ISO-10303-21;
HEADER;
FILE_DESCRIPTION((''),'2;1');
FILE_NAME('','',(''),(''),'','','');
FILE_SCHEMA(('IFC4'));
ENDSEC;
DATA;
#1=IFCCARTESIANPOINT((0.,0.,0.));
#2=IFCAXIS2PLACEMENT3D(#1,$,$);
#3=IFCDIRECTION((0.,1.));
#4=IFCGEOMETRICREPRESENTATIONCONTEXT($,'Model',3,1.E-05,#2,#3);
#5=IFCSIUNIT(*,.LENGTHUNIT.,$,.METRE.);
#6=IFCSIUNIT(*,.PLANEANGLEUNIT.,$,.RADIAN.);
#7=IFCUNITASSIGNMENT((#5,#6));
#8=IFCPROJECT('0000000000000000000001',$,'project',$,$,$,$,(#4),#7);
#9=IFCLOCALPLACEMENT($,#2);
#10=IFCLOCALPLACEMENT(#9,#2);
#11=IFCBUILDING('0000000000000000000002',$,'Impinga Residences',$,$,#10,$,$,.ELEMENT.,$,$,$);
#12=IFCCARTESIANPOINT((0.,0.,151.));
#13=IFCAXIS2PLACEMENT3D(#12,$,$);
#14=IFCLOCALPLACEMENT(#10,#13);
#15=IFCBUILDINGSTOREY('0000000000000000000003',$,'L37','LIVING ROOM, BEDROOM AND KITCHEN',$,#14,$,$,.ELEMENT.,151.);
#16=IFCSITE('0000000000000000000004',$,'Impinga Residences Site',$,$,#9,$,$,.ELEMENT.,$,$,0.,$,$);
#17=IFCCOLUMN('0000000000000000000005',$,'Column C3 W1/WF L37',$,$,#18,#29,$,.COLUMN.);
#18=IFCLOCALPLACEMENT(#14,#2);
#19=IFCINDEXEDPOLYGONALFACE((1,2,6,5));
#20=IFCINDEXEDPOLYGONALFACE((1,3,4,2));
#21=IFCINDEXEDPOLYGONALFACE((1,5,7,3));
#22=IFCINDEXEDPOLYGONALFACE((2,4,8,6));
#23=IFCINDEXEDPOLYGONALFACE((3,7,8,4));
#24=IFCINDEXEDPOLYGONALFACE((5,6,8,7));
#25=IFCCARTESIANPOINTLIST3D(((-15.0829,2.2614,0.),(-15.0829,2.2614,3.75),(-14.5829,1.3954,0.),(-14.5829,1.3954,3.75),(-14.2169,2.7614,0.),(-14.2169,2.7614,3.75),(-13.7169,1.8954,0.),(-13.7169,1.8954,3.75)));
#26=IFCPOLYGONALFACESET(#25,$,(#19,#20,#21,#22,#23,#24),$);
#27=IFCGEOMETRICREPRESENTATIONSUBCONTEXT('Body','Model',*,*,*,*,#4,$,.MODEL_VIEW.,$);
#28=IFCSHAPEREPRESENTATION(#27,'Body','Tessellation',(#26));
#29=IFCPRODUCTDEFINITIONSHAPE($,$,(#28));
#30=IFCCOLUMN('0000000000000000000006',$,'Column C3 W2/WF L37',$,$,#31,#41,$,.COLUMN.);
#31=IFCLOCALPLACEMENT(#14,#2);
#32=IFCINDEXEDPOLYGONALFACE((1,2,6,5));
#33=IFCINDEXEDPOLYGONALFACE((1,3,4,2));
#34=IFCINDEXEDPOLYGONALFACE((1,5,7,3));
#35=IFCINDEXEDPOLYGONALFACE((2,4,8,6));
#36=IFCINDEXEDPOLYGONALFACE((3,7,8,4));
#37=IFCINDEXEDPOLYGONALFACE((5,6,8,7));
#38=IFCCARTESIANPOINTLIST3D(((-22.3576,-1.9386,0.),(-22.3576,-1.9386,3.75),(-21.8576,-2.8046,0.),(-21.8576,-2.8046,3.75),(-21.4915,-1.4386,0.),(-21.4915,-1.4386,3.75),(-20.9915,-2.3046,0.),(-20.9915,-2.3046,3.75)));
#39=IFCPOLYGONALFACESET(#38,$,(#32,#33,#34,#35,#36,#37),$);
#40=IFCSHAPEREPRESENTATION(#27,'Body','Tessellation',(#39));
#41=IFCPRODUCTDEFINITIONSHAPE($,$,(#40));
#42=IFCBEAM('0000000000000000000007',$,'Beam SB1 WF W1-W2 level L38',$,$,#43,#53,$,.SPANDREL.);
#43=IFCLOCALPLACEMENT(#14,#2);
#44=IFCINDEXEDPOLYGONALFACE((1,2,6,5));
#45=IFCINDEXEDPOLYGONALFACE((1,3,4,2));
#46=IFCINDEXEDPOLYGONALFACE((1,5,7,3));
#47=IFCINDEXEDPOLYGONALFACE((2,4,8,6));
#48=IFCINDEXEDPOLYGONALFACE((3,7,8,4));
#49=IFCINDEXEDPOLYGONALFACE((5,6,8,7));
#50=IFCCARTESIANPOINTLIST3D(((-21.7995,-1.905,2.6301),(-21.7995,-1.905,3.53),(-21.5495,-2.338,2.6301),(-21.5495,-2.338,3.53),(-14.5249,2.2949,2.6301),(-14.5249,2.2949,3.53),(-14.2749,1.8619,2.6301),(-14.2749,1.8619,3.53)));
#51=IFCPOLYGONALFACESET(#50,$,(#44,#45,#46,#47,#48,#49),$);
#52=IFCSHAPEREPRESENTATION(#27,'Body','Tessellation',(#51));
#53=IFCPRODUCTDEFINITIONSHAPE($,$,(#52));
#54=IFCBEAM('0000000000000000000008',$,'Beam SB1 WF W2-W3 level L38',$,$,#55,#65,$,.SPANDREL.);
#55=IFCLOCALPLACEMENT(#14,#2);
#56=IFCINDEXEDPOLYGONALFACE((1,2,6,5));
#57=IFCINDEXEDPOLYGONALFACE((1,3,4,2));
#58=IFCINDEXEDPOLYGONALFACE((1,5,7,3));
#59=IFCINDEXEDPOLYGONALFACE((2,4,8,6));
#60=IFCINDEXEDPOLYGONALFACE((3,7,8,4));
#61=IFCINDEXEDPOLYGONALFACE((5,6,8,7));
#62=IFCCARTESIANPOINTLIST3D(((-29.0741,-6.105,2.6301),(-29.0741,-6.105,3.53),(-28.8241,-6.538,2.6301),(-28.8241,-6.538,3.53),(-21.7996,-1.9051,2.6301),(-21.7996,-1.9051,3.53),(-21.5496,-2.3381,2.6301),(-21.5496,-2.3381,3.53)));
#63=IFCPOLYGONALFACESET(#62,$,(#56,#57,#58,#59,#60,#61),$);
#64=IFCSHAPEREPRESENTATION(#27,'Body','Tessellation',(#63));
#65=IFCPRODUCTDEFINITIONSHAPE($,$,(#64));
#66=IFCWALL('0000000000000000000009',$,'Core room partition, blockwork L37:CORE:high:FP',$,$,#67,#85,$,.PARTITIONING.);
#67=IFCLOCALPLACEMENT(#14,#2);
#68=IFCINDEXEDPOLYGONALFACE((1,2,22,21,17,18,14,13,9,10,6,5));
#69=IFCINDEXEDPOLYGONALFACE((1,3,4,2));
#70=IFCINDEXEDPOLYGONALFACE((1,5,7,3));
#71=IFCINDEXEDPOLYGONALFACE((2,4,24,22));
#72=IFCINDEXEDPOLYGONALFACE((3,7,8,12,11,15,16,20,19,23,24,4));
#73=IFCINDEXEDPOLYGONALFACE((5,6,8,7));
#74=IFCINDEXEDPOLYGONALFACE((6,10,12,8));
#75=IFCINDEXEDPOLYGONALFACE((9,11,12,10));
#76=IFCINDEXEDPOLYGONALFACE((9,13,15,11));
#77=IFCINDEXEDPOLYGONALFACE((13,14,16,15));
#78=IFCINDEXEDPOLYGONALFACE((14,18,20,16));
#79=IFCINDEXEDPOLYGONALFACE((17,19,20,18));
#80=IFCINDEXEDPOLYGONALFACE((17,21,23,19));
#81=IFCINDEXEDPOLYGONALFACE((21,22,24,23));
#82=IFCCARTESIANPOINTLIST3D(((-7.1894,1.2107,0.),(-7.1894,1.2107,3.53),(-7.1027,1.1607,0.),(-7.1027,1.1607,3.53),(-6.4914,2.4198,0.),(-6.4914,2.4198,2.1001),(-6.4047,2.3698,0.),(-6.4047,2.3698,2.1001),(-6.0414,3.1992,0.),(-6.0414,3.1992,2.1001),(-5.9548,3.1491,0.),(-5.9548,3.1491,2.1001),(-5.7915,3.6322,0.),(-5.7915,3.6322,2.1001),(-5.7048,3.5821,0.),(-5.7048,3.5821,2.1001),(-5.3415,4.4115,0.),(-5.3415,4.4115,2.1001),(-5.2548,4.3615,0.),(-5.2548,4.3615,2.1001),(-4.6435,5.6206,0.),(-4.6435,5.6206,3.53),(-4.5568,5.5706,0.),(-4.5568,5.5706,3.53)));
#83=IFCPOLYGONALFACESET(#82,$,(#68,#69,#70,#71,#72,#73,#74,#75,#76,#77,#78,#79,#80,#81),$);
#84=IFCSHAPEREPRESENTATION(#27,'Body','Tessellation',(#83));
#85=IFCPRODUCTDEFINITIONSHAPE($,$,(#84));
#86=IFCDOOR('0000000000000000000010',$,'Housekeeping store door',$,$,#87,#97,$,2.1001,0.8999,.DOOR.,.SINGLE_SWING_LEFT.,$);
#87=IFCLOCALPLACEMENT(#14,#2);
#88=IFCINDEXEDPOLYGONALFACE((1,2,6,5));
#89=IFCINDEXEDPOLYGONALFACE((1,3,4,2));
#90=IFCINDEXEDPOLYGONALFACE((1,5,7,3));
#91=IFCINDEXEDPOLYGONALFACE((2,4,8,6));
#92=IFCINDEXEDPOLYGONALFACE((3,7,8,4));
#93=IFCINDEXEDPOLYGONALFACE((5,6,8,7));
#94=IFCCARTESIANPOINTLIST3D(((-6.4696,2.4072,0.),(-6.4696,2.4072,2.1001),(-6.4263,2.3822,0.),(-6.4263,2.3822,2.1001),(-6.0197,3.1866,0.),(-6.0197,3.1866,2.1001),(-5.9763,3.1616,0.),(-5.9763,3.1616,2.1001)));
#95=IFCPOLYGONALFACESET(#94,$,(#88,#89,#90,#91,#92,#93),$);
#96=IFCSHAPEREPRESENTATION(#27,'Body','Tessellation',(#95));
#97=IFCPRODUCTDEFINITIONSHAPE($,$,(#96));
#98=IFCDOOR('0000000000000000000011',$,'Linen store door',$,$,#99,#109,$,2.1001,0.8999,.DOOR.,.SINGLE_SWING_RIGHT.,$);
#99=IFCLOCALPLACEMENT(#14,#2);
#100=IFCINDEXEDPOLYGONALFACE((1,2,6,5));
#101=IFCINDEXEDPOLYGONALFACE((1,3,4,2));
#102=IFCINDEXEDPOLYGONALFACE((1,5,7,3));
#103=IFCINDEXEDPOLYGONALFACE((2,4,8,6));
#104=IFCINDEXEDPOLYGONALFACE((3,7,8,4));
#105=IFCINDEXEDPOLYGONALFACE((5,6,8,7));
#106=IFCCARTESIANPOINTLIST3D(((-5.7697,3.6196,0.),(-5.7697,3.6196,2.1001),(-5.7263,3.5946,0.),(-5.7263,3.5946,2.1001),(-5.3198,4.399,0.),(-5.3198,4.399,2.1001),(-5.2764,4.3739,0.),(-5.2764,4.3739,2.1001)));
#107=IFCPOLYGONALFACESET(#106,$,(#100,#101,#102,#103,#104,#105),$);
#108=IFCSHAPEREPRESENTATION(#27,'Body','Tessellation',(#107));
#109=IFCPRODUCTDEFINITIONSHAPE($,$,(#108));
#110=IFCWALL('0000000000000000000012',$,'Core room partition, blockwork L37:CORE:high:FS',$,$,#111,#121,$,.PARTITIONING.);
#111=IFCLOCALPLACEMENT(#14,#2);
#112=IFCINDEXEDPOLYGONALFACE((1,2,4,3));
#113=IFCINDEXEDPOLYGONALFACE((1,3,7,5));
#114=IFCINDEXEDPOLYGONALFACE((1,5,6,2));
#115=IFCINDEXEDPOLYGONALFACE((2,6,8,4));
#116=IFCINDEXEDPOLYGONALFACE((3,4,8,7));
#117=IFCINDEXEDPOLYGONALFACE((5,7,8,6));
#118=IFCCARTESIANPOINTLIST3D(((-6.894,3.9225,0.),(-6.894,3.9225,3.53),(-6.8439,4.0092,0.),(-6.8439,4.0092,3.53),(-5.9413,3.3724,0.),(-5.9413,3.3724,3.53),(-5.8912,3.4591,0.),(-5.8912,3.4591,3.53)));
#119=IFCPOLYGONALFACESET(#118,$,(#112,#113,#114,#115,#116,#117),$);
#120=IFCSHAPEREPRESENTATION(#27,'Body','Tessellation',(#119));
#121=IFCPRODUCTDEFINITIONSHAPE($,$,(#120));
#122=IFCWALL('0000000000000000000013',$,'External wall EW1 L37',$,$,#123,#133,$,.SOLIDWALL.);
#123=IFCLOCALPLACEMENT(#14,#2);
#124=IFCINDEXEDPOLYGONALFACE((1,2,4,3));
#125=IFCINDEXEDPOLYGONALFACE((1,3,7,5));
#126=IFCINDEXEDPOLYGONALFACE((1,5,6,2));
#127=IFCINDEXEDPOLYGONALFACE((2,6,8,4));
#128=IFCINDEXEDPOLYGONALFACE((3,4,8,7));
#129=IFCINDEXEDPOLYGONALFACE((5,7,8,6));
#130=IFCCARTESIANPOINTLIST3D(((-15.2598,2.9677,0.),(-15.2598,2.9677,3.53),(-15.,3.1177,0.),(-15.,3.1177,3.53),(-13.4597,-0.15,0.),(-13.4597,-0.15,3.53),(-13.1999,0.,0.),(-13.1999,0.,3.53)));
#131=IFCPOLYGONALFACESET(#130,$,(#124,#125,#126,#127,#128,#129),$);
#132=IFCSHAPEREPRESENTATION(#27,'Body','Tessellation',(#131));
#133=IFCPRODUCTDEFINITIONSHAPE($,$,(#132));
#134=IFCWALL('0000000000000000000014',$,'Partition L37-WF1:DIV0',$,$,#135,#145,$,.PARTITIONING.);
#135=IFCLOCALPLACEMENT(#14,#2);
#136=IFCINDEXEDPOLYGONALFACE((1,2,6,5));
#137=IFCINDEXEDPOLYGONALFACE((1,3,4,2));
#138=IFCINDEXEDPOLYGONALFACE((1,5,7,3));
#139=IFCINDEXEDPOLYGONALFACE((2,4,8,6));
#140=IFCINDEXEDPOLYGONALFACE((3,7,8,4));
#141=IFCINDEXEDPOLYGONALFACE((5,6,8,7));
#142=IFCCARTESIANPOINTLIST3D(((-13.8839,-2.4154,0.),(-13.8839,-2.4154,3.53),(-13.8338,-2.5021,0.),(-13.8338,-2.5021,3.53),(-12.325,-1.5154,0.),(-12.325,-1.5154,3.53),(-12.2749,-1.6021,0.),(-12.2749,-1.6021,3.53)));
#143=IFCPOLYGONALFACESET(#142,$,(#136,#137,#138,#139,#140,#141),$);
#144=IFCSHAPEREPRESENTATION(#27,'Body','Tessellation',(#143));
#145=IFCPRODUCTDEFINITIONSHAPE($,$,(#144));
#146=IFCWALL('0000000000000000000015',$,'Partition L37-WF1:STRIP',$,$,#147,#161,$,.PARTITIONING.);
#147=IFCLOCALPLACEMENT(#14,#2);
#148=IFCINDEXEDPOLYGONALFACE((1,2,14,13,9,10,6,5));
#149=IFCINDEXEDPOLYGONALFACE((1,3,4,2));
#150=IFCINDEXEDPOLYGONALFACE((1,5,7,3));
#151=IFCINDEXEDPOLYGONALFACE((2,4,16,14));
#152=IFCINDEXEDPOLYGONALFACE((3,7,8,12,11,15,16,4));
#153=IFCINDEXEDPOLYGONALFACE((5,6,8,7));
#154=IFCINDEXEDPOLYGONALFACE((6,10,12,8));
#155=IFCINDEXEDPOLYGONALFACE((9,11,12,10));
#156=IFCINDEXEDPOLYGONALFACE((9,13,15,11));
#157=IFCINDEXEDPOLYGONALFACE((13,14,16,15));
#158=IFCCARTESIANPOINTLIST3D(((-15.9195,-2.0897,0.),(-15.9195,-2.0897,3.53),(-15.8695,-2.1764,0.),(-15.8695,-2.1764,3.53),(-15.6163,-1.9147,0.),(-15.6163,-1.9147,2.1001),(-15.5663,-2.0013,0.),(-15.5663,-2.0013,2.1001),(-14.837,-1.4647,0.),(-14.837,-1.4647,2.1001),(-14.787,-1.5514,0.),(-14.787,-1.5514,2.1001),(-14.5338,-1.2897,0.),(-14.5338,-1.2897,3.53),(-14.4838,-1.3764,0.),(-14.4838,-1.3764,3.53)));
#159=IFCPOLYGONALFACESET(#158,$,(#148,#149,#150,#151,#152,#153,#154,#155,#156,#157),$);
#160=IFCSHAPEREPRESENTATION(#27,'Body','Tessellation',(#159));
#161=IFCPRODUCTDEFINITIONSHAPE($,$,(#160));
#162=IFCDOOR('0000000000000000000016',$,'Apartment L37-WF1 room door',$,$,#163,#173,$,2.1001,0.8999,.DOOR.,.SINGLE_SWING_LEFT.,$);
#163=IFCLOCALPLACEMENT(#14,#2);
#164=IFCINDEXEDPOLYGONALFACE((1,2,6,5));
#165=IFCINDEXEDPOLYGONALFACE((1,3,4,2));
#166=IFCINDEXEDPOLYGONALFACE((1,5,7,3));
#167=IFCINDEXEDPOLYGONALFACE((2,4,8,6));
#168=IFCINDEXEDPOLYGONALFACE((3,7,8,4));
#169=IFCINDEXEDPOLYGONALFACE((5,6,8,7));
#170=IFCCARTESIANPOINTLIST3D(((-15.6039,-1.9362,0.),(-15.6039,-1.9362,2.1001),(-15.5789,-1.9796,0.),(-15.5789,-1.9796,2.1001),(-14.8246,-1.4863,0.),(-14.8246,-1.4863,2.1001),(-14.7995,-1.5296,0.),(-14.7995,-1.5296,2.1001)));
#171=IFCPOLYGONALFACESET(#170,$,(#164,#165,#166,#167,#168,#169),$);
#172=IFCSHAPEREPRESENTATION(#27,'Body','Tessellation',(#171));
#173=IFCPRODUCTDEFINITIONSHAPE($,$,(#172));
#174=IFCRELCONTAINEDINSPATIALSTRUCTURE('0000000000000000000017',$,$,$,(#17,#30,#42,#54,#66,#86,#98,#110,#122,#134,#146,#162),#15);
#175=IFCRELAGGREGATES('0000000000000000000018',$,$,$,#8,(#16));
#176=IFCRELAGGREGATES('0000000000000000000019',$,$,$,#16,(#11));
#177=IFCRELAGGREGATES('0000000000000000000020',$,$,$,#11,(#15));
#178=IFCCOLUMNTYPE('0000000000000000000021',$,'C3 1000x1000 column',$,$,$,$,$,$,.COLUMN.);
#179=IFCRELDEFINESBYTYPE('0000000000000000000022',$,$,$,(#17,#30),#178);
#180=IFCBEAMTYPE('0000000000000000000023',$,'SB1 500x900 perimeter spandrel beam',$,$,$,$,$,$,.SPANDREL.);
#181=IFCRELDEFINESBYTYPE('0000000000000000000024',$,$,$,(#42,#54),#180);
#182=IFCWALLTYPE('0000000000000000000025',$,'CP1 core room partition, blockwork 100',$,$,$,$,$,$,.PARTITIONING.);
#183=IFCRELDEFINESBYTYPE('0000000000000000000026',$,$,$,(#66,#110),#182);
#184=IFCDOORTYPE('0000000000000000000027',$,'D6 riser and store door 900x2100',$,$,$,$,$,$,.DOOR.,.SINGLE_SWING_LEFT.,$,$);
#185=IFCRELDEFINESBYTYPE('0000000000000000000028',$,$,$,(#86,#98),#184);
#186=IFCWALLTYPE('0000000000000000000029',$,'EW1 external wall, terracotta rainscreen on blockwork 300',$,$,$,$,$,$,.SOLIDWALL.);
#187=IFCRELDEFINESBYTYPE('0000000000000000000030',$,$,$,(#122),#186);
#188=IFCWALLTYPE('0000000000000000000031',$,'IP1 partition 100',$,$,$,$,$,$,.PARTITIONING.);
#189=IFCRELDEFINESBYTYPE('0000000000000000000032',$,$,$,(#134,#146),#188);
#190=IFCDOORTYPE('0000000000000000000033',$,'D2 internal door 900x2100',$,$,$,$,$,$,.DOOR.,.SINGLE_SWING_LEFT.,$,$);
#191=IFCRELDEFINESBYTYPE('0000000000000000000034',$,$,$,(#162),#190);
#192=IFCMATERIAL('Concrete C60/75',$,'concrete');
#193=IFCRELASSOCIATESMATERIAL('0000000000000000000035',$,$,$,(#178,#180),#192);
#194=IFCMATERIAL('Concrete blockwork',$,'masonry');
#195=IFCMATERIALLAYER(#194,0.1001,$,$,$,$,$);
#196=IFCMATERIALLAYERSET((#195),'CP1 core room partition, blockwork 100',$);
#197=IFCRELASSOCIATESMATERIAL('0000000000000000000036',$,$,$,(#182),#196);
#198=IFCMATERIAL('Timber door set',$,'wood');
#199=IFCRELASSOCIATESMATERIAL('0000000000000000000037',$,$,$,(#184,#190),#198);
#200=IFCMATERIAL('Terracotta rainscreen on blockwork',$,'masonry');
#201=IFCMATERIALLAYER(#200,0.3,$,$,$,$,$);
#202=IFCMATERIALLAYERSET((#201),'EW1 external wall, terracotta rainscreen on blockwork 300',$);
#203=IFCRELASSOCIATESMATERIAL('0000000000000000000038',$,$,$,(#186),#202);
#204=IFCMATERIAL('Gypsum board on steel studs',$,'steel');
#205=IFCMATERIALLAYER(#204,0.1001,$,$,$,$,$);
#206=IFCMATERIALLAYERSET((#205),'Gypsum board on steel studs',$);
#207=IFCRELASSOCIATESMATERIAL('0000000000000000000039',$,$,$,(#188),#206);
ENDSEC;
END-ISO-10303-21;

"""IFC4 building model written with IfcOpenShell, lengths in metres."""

from ifc_helpers import new_model, si_unit, direction, frame, frame_2d, origin, origin_2d, place, context, subcontext, project, spatial, rectangle, extrude, material, layer, layer_set, material_profile, profile_set, type_object, element, fill, save


model = new_model("IFC4")

# Units and contexts
model_context = context("Model", 3, precision=1e-05, world=origin(), true_north=direction((0.0, 1.0)))
body_context = subcontext(model_context, "Body", "Model", "MODEL_VIEW")
ifc_project = project(units=[si_unit("LENGTHUNIT", "METRE"), si_unit("PLANEANGLEUNIT", "RADIAN")], contexts=[model_context])

# Site, building, storey
site_placement = place(None, origin())
site = spatial("IfcSite", under=ifc_project, at=site_placement, Name="Impinga Residences Site", CompositionType="ELEMENT", RefElevation=0.0)
building_placement = place(site_placement, origin())
building = spatial("IfcBuilding", under=site, at=building_placement, Name="Impinga Residences", CompositionType="ELEMENT")
storey_placement = place(building_placement, frame((0.0, 0.0, 151.0)))
storey = spatial("IfcBuildingStorey", under=building, at=storey_placement, Name="L37", Description="LIVING ROOM, BEDROOM AND KITCHEN", CompositionType="ELEMENT", Elevation=151.0)

# Columns
ifc_material_1 = material(Name="Concrete C60/75", Category="concrete")
ifc_material_profile_1 = material_profile(ifc_material_1, rectangle(XDim=1.0, YDim=1.0, at=origin_2d()), Name="RC 1000x1000")
ifc_profile_set_1 = profile_set([ifc_material_profile_1], Name="Concrete C60/75")
column_type = type_object("IfcColumnType", Name="C3 1000x1000 column", PredefinedType="COLUMN", material=ifc_profile_set_1)
for number, where, z_axis, x_axis, name in (
    (1, (-14.3999, 2.0784, 0.0), (0.0, 0.0, 1.0), (-0.5, 0.866025, 0.0), "Column C3 W1/WF L37"),
    (2, (-21.6746, -2.1216, 0.0), (0.0, 0.0, 1.0), (-0.5, 0.866025, 0.0), "Column C3 W2/WF L37"),
):
    element("IfcColumn", number, at=place(storey_placement, frame(where, z_axis=z_axis, x_axis=x_axis)), inside=storey, type_object=column_type, Name=name, PredefinedType="COLUMN", context=body_context, shape_type="SweptSolid", body=[
        extrude(rectangle(XDim=1.0, YDim=1.0, at=origin_2d()), origin(), (0.0, 0.0, 1.0), 3.75),
    ])

# Beams
ifc_material_profile_2 = material_profile(ifc_material_1, rectangle(XDim=0.5, YDim=0.8999, at=origin_2d()), Name="RC 500x900")
ifc_profile_set_2 = profile_set([ifc_material_profile_2], Name="Concrete C60/75")
beam_type = type_object("IfcBeamType", Name="SB1 500x900 perimeter spandrel beam", PredefinedType="SPANDREL", material=ifc_profile_set_2)
for number, where, z_axis, x_axis, name in (
    (3, (-14.3999, 2.0784, 3.0801), (-0.866029, -0.499993, 0.0), (0.499993, -0.866029, 0.0), "Beam SB1 WF W1-W2 level L38"),
    (4, (-21.6746, -2.1216, 3.0801), (-0.866029, -0.499993, 0.0), (0.499993, -0.866029, 0.0), "Beam SB1 WF W2-W3 level L38"),
):
    element("IfcBeam", number, at=place(storey_placement, frame(where, z_axis=z_axis, x_axis=x_axis)), inside=storey, type_object=beam_type, Name=name, PredefinedType="SPANDREL", context=body_context, shape_type="SweptSolid", body=[
        extrude(rectangle(XDim=0.5, YDim=0.8999, at=origin_2d()), origin(), (0.0, 0.0, 1.0), 8.3999),
    ])

# Wall, openings, doors
ifc_material_2 = material(Name="Concrete blockwork", Category="masonry")
ifc_layer_1 = layer(ifc_material_2, 0.1001)
ifc_layer_set_1 = layer_set([ifc_layer_1], Name="CP1 core room partition, blockwork 100")
wall_type_1 = type_object("IfcWallType", Name="CP1 core room partition, blockwork 100", PredefinedType="PARTITIONING", material=ifc_layer_set_1)
wall_1_placement = place(storey_placement, frame((-7.146, 1.1858, 0.0), z_axis=(0.0, 0.0, 1.0), x_axis=(0.499976, 0.866039, 0.0)))
wall_1 = element("IfcWall", 5, at=wall_1_placement, inside=storey, type_object=wall_type_1, Name="Core room partition, blockwork L37:CORE:high:FP", PredefinedType="PARTITIONING", context=body_context, shape_type="SweptSolid", body=[
    extrude(rectangle(XDim=5.092, YDim=0.1001, at=frame_2d((2.5459, 0.0))), origin(), (0.0, 0.0, 1.0), 3.53),
])
opening_1_placement = place(wall_1_placement, frame((1.396, 0.0, 0.0)))
opening_1 = element("IfcOpeningElement", 6, at=opening_1_placement, cuts=wall_1, PredefinedType="OPENING", context=body_context, shape_type="SweptSolid", body=[
    extrude(rectangle(XDim=0.8999, YDim=2.1001, at=frame_2d((0.45, 1.05))), frame((0.0, 0.0601, 0.0), z_axis=(0.0, -1.0, 0.0), x_axis=(1.0, 0.0, 0.0)), (0.0, 0.0, 1.0), 0.1201),
])
opening_2_placement = place(wall_1_placement, frame((2.7959, 0.0, 0.0)))
opening_2 = element("IfcOpeningElement", 7, at=opening_2_placement, cuts=wall_1, PredefinedType="OPENING", context=body_context, shape_type="SweptSolid", body=[
    extrude(rectangle(XDim=0.8999, YDim=2.1001, at=frame_2d((0.45, 1.05))), frame((0.0, 0.0601, 0.0), z_axis=(0.0, -1.0, 0.0), x_axis=(1.0, 0.0, 0.0)), (0.0, 0.0, 1.0), 0.1201),
])
ifc_material_3 = material(Name="Timber door set", Category="wood")
door_type_1 = type_object("IfcDoorType", Name="D6 riser and store door 900x2100", OperationType="SINGLE_SWING_LEFT", PredefinedType="DOOR", material=ifc_material_3)
door_1_placement = place(opening_1_placement, origin())
door_1 = element("IfcDoor", 8, at=door_1_placement, inside=storey, type_object=door_type_1, Name="Housekeeping store door", OperationType="SINGLE_SWING_LEFT", OverallHeight=2.1001, OverallWidth=0.8999, PredefinedType="DOOR", context=body_context, shape_type="SweptSolid", body=[
    extrude(rectangle(XDim=0.8999, YDim=2.1001, at=frame_2d((0.45, 1.05))), frame((0.0, 0.0249, 0.0), z_axis=(0.0, -1.0, 0.0), x_axis=(1.0, 0.0, 0.0)), (0.0, 0.0, 1.0), 0.05),
])
fill(opening_1, door_1)
door_2_placement = place(opening_2_placement, origin())
door_2 = element("IfcDoor", 9, at=door_2_placement, inside=storey, type_object=door_type_1, Name="Linen store door", OperationType="SINGLE_SWING_RIGHT", OverallHeight=2.1001, OverallWidth=0.8999, PredefinedType="DOOR", context=body_context, shape_type="SweptSolid", body=[
    extrude(rectangle(XDim=0.8999, YDim=2.1001, at=frame_2d((0.45, 1.05))), frame((0.0, 0.0249, 0.0), z_axis=(0.0, -1.0, 0.0), x_axis=(1.0, 0.0, 0.0)), (0.0, 0.0, 1.0), 0.05),
])
fill(opening_2, door_2)

# Walls
wall_2_placement = place(storey_placement, frame((-5.9163, 3.4158, 0.0), z_axis=(0.0, 0.0, 1.0), x_axis=(-0.866008, 0.50003, 0.0)))
element("IfcWall", 10, at=wall_2_placement, inside=storey, type_object=wall_type_1, Name="Core room partition, blockwork L37:CORE:high:FS", PredefinedType="PARTITIONING", context=body_context, shape_type="SweptSolid", body=[
    extrude(rectangle(XDim=1.1001, YDim=0.1001, at=frame_2d((0.55, 0.0))), origin(), (0.0, 0.0, 1.0), 3.53),
])
ifc_material_4 = material(Name="Terracotta rainscreen on blockwork", Category="masonry")
ifc_layer_2 = layer(ifc_material_4, 0.3)
ifc_layer_set_2 = layer_set([ifc_layer_2], Name="EW1 external wall, terracotta rainscreen on blockwork 300")
wall_type_2 = type_object("IfcWallType", Name="EW1 external wall, terracotta rainscreen on blockwork 300", PredefinedType="SOLIDWALL", material=ifc_layer_set_2)
wall_3_placement = place(storey_placement, frame((-15.1299, 3.0427, 0.0), z_axis=(0.0, 0.0, 1.0), x_axis=(0.500012, -0.866018, 0.0)))
element("IfcWall", 11, at=wall_3_placement, inside=storey, type_object=wall_type_2, Name="External wall EW1 L37", PredefinedType="SOLIDWALL", context=body_context, shape_type="SweptSolid", body=[
    extrude(rectangle(XDim=3.6001, YDim=0.3, at=frame_2d((1.8, 0.0))), origin(), (0.0, 0.0, 1.0), 3.53),
])
ifc_material_5 = material(Name="Gypsum board on steel studs", Category="steel")
ifc_layer_3 = layer(ifc_material_5, 0.1001)
ifc_layer_set_3 = layer_set([ifc_layer_3], Name="Gypsum board on steel studs")
wall_type_3 = type_object("IfcWallType", Name="IP1 partition 100", PredefinedType="PARTITIONING", material=ifc_layer_set_3)
wall_4_placement = place(storey_placement, frame((-12.3, -1.5588, 0.0), z_axis=(0.0, 0.0, 1.0), x_axis=(-0.866048, -0.499961, 0.0)))
element("IfcWall", 12, at=wall_4_placement, inside=storey, type_object=wall_type_3, Name="Partition L37-WF1:DIV0", PredefinedType="PARTITIONING", context=body_context, shape_type="SweptSolid", body=[
    extrude(rectangle(XDim=1.8, YDim=0.1001, at=frame_2d((0.8999, 0.0))), origin(), (0.0, 0.0, 1.0), 3.53),
])

# Wall, opening, door
wall_5_placement = place(storey_placement, frame((-14.5088, -1.333, 0.0), z_axis=(0.0, 0.0, 1.0), x_axis=(-0.866028, -0.499995, 0.0)))
wall_5 = element("IfcWall", 13, at=wall_5_placement, inside=storey, type_object=wall_type_3, Name="Partition L37-WF1:STRIP", PredefinedType="PARTITIONING", context=body_context, shape_type="SweptSolid", body=[
    extrude(rectangle(XDim=1.6001, YDim=0.1001, at=frame_2d((0.8, 0.0))), origin(), (0.0, 0.0, 1.0), 3.53),
])
opening_3_placement = place(wall_5_placement, frame((0.3501, 0.0, 0.0)))
opening_3 = element("IfcOpeningElement", 14, at=opening_3_placement, cuts=wall_5, PredefinedType="OPENING", context=body_context, shape_type="SweptSolid", body=[
    extrude(rectangle(XDim=0.8999, YDim=2.1001, at=frame_2d((0.45, 1.05))), frame((0.0, 0.0601, 0.0), z_axis=(0.0, -1.0, 0.0), x_axis=(1.0, 0.0, 0.0)), (0.0, 0.0, 1.0), 0.1201),
])
door_type_2 = type_object("IfcDoorType", Name="D2 internal door 900x2100", OperationType="SINGLE_SWING_LEFT", PredefinedType="DOOR", material=ifc_material_3)
door_3_placement = place(opening_3_placement, origin())
door_3 = element("IfcDoor", 15, at=door_3_placement, inside=storey, type_object=door_type_2, Name="Apartment L37-WF1 room door", OperationType="SINGLE_SWING_LEFT", OverallHeight=2.1001, OverallWidth=0.8999, PredefinedType="DOOR", context=body_context, shape_type="SweptSolid", body=[
    extrude(rectangle(XDim=0.8999, YDim=2.1001, at=frame_2d((0.45, 1.05))), frame((0.0, 0.0249, 0.0), z_axis=(0.0, -1.0, 0.0), x_axis=(1.0, 0.0, 0.0)), (0.0, 0.0, 1.0), 0.05),
])
fill(opening_3, door_3)

save(model, "model.ifc")
